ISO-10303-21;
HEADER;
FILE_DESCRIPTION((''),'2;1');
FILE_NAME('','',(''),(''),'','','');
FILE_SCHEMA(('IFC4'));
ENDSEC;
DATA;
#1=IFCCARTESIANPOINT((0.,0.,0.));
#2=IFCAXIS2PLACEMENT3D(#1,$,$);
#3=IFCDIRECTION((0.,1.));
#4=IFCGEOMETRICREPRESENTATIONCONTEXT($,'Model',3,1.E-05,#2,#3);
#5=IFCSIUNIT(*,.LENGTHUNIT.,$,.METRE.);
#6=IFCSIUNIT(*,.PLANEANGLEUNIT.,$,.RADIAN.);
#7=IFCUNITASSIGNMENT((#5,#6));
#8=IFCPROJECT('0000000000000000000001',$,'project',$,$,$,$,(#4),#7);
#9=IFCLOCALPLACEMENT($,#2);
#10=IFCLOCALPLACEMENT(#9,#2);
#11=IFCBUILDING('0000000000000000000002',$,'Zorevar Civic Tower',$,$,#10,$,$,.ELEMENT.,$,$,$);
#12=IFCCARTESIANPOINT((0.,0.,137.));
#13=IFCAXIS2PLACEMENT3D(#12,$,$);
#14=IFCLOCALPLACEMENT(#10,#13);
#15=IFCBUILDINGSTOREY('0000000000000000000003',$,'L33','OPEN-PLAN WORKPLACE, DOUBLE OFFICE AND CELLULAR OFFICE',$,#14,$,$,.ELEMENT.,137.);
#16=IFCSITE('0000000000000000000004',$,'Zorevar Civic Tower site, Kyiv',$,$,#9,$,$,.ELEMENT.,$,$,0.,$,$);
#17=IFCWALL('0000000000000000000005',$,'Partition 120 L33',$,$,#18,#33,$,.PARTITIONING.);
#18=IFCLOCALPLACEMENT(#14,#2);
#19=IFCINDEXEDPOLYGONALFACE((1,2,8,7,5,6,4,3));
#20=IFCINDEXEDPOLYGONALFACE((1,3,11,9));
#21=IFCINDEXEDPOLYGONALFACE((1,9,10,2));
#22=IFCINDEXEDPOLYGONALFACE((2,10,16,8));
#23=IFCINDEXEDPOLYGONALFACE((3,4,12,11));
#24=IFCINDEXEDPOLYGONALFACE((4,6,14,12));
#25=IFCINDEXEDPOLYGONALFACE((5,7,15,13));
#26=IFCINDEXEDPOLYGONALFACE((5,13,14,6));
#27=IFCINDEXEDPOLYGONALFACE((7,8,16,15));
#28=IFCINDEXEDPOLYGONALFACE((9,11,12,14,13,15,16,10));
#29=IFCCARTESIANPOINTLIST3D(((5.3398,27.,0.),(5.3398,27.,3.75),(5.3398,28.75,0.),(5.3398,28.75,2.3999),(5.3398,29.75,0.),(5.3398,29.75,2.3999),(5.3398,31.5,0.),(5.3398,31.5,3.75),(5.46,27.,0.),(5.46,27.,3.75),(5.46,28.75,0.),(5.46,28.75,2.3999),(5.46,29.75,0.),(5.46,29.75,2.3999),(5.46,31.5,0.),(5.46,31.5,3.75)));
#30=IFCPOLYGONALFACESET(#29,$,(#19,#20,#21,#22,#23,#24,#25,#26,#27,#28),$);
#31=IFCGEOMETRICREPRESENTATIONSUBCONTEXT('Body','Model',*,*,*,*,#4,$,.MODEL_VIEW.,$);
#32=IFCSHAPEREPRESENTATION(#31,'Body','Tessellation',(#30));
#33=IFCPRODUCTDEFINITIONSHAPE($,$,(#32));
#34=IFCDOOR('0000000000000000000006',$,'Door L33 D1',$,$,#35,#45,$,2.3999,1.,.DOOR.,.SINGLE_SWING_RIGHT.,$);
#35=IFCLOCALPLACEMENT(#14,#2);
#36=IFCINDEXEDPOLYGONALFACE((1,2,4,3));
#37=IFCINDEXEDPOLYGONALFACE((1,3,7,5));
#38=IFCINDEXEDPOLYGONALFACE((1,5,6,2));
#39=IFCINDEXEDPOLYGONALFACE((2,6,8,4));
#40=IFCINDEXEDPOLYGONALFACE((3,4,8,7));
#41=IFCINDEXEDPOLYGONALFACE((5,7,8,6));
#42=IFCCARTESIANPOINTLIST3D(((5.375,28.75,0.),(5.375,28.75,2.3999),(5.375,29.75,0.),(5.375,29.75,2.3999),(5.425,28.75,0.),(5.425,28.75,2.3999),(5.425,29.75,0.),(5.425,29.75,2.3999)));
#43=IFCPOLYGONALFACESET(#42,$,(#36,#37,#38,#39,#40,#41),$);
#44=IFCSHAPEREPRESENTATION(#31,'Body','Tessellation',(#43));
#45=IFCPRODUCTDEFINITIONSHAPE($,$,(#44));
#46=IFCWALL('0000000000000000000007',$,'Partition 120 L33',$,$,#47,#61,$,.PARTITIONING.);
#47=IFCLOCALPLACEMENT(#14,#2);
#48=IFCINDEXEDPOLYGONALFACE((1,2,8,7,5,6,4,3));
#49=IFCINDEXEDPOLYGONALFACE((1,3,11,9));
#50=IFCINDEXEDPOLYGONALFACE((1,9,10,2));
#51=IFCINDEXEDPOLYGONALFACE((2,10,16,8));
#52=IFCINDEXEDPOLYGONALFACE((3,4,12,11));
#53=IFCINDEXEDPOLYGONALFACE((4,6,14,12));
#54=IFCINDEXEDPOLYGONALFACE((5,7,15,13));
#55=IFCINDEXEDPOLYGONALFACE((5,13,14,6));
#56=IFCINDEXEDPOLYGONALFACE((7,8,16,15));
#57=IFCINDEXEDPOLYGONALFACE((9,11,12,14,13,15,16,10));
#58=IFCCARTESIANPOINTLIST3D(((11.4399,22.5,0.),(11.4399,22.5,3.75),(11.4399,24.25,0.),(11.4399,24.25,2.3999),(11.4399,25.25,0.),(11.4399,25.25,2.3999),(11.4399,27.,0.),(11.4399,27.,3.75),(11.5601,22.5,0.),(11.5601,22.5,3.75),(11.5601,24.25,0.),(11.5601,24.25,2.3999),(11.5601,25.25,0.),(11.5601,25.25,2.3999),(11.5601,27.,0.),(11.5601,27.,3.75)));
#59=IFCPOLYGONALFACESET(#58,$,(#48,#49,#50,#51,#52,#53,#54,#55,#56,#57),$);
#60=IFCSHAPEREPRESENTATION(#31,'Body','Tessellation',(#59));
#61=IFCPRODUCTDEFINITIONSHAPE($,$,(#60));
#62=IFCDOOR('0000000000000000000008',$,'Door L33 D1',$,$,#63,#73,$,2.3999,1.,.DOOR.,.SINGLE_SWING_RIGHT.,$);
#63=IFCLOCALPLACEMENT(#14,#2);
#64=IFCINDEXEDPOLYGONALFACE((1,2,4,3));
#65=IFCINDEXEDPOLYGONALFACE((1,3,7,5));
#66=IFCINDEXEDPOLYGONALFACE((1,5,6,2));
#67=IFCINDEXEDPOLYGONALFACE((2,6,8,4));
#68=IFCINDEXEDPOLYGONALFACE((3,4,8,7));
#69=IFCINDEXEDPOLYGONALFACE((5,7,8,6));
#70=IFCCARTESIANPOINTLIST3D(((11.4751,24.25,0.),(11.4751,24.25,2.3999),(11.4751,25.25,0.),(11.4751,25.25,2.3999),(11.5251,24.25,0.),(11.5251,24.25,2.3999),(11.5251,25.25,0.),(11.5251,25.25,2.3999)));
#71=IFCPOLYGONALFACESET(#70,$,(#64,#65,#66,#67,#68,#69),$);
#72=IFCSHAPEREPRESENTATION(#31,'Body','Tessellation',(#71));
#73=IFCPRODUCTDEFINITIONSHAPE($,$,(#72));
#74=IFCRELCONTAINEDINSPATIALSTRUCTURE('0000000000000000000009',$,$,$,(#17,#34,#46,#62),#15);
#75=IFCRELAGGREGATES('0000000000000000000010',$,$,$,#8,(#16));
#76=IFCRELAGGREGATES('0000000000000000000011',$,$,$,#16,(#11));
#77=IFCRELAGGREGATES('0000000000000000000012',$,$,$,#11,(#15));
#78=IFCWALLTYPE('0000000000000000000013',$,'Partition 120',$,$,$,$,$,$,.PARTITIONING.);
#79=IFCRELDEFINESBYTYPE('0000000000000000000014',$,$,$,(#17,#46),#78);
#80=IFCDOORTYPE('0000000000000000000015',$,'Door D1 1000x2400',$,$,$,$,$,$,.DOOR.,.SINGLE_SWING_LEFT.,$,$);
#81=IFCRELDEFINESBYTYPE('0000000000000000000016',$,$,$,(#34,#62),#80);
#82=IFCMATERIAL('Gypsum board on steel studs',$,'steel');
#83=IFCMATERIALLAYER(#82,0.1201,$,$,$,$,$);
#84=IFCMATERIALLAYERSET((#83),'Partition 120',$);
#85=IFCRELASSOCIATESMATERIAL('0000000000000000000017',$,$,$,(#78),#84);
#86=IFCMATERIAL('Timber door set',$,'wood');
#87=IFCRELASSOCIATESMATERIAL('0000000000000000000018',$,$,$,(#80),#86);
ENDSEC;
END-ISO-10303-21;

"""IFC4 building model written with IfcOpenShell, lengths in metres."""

from ifc_helpers import new_model, si_unit, direction, frame, frame_2d, origin, place, context, subcontext, project, spatial, rectangle, extrude, material, layer, layer_set, type_object, element, fill, save


model = new_model("IFC4")

# Units and contexts
model_context = context("Model", 3, precision=1e-05, world=origin(), true_north=direction((0.0, 1.0)))
body_context = subcontext(model_context, "Body", "Model", "MODEL_VIEW")
ifc_project = project(units=[si_unit("LENGTHUNIT", "METRE"), si_unit("PLANEANGLEUNIT", "RADIAN")], contexts=[model_context])

# Site, building, storey
site_placement = place(None, origin())
site = spatial("IfcSite", under=ifc_project, at=site_placement, Name="Zorevar Civic Tower site, Kyiv", CompositionType="ELEMENT", RefElevation=0.0)
building_placement = place(site_placement, origin())
building = spatial("IfcBuilding", under=site, at=building_placement, Name="Zorevar Civic Tower", CompositionType="ELEMENT")
storey_placement = place(building_placement, frame((0.0, 0.0, 137.0)))
storey = spatial("IfcBuildingStorey", under=building, at=storey_placement, Name="L33", Description="OPEN-PLAN WORKPLACE, DOUBLE OFFICE AND CELLULAR OFFICE", CompositionType="ELEMENT", Elevation=137.0)

# Shared definitions
ifc_material_1 = material(Name="Gypsum board on steel studs", Category="steel")
ifc_layer_1 = layer(ifc_material_1, 0.1201)
ifc_layer_set_1 = layer_set([ifc_layer_1], Name="Partition 120")
wall_type_1 = type_object("IfcWallType", Name="Partition 120", PredefinedType="PARTITIONING", material=ifc_layer_set_1)

# Walls, openings, doors
ifc_material_2 = material(Name="Timber door set", Category="wood")
door_type = type_object("IfcDoorType", Name="Door D1 1000x2400", OperationType="SINGLE_SWING_LEFT", PredefinedType="DOOR", material=ifc_material_2)
wall_1_placement = place(storey_placement, frame((5.3999, 27.0, 0.0), z_axis=(0.0, 0.0, 1.0), x_axis=(0.0, 1.0, 0.0)))
wall_1 = element("IfcWall", 1, at=wall_1_placement, inside=storey, type_object=wall_type_1, Name="Partition 120 L33", PredefinedType="PARTITIONING", context=body_context, shape_type="SweptSolid", body=[
    extrude(rectangle(XDim=4.5, YDim=0.1201, at=frame_2d((2.25, 0.0))), origin(), (0.0, 0.0, 1.0), 3.75),
])
opening_1_placement = place(wall_1_placement, frame((1.75, 0.0, 0.0)))
opening_1 = element("IfcOpeningElement", 2, at=opening_1_placement, cuts=wall_1, PredefinedType="OPENING", context=body_context, shape_type="SweptSolid", body=[
    extrude(rectangle(XDim=1.0, YDim=2.3999, at=frame_2d((0.5, 1.2))), frame((0.0, 0.0701, 0.0), z_axis=(0.0, -1.0, 0.0), x_axis=(1.0, 0.0, 0.0)), (0.0, 0.0, 1.0), 0.1401),
])
door_1_placement = place(opening_1_placement, origin())
door_1 = element("IfcDoor", 3, at=door_1_placement, inside=storey, type_object=door_type, Name="Door L33 D1", OperationType="SINGLE_SWING_RIGHT", OverallHeight=2.3999, OverallWidth=1.0, PredefinedType="DOOR", context=body_context, shape_type="SweptSolid", body=[
    extrude(rectangle(XDim=1.0, YDim=2.3999, at=frame_2d((0.5, 1.2))), frame((0.0, 0.0249, 0.0), z_axis=(0.0, -1.0, 0.0), x_axis=(1.0, 0.0, 0.0)), (0.0, 0.0, 1.0), 0.05),
])
fill(opening_1, door_1)
wall_2_placement = place(storey_placement, frame((11.5, 22.5, 0.0), z_axis=(0.0, 0.0, 1.0), x_axis=(0.0, 1.0, 0.0)))
wall_2 = element("IfcWall", 4, at=wall_2_placement, inside=storey, type_object=wall_type_1, Name="Partition 120 L33", PredefinedType="PARTITIONING", context=body_context, shape_type="SweptSolid", body=[
    extrude(rectangle(XDim=4.5, YDim=0.1201, at=frame_2d((2.25, 0.0))), origin(), (0.0, 0.0, 1.0), 3.75),
])
opening_2_placement = place(wall_2_placement, frame((1.75, 0.0, 0.0)))
opening_2 = element("IfcOpeningElement", 5, at=opening_2_placement, cuts=wall_2, PredefinedType="OPENING", context=body_context, shape_type="SweptSolid", body=[
    extrude(rectangle(XDim=1.0, YDim=2.3999, at=frame_2d((0.5, 1.2))), frame((0.0, 0.0701, 0.0), z_axis=(0.0, -1.0, 0.0), x_axis=(1.0, 0.0, 0.0)), (0.0, 0.0, 1.0), 0.1401),
])
door_2_placement = place(opening_2_placement, origin())
door_2 = element("IfcDoor", 6, at=door_2_placement, inside=storey, type_object=door_type, Name="Door L33 D1", OperationType="SINGLE_SWING_RIGHT", OverallHeight=2.3999, OverallWidth=1.0, PredefinedType="DOOR", context=body_context, shape_type="SweptSolid", body=[
    extrude(rectangle(XDim=1.0, YDim=2.3999, at=frame_2d((0.5, 1.2))), frame((0.0, 0.0249, 0.0), z_axis=(0.0, -1.0, 0.0), x_axis=(1.0, 0.0, 0.0)), (0.0, 0.0, 1.0), 0.05),
])
fill(opening_2, door_2)

save(model, "model.ifc")
